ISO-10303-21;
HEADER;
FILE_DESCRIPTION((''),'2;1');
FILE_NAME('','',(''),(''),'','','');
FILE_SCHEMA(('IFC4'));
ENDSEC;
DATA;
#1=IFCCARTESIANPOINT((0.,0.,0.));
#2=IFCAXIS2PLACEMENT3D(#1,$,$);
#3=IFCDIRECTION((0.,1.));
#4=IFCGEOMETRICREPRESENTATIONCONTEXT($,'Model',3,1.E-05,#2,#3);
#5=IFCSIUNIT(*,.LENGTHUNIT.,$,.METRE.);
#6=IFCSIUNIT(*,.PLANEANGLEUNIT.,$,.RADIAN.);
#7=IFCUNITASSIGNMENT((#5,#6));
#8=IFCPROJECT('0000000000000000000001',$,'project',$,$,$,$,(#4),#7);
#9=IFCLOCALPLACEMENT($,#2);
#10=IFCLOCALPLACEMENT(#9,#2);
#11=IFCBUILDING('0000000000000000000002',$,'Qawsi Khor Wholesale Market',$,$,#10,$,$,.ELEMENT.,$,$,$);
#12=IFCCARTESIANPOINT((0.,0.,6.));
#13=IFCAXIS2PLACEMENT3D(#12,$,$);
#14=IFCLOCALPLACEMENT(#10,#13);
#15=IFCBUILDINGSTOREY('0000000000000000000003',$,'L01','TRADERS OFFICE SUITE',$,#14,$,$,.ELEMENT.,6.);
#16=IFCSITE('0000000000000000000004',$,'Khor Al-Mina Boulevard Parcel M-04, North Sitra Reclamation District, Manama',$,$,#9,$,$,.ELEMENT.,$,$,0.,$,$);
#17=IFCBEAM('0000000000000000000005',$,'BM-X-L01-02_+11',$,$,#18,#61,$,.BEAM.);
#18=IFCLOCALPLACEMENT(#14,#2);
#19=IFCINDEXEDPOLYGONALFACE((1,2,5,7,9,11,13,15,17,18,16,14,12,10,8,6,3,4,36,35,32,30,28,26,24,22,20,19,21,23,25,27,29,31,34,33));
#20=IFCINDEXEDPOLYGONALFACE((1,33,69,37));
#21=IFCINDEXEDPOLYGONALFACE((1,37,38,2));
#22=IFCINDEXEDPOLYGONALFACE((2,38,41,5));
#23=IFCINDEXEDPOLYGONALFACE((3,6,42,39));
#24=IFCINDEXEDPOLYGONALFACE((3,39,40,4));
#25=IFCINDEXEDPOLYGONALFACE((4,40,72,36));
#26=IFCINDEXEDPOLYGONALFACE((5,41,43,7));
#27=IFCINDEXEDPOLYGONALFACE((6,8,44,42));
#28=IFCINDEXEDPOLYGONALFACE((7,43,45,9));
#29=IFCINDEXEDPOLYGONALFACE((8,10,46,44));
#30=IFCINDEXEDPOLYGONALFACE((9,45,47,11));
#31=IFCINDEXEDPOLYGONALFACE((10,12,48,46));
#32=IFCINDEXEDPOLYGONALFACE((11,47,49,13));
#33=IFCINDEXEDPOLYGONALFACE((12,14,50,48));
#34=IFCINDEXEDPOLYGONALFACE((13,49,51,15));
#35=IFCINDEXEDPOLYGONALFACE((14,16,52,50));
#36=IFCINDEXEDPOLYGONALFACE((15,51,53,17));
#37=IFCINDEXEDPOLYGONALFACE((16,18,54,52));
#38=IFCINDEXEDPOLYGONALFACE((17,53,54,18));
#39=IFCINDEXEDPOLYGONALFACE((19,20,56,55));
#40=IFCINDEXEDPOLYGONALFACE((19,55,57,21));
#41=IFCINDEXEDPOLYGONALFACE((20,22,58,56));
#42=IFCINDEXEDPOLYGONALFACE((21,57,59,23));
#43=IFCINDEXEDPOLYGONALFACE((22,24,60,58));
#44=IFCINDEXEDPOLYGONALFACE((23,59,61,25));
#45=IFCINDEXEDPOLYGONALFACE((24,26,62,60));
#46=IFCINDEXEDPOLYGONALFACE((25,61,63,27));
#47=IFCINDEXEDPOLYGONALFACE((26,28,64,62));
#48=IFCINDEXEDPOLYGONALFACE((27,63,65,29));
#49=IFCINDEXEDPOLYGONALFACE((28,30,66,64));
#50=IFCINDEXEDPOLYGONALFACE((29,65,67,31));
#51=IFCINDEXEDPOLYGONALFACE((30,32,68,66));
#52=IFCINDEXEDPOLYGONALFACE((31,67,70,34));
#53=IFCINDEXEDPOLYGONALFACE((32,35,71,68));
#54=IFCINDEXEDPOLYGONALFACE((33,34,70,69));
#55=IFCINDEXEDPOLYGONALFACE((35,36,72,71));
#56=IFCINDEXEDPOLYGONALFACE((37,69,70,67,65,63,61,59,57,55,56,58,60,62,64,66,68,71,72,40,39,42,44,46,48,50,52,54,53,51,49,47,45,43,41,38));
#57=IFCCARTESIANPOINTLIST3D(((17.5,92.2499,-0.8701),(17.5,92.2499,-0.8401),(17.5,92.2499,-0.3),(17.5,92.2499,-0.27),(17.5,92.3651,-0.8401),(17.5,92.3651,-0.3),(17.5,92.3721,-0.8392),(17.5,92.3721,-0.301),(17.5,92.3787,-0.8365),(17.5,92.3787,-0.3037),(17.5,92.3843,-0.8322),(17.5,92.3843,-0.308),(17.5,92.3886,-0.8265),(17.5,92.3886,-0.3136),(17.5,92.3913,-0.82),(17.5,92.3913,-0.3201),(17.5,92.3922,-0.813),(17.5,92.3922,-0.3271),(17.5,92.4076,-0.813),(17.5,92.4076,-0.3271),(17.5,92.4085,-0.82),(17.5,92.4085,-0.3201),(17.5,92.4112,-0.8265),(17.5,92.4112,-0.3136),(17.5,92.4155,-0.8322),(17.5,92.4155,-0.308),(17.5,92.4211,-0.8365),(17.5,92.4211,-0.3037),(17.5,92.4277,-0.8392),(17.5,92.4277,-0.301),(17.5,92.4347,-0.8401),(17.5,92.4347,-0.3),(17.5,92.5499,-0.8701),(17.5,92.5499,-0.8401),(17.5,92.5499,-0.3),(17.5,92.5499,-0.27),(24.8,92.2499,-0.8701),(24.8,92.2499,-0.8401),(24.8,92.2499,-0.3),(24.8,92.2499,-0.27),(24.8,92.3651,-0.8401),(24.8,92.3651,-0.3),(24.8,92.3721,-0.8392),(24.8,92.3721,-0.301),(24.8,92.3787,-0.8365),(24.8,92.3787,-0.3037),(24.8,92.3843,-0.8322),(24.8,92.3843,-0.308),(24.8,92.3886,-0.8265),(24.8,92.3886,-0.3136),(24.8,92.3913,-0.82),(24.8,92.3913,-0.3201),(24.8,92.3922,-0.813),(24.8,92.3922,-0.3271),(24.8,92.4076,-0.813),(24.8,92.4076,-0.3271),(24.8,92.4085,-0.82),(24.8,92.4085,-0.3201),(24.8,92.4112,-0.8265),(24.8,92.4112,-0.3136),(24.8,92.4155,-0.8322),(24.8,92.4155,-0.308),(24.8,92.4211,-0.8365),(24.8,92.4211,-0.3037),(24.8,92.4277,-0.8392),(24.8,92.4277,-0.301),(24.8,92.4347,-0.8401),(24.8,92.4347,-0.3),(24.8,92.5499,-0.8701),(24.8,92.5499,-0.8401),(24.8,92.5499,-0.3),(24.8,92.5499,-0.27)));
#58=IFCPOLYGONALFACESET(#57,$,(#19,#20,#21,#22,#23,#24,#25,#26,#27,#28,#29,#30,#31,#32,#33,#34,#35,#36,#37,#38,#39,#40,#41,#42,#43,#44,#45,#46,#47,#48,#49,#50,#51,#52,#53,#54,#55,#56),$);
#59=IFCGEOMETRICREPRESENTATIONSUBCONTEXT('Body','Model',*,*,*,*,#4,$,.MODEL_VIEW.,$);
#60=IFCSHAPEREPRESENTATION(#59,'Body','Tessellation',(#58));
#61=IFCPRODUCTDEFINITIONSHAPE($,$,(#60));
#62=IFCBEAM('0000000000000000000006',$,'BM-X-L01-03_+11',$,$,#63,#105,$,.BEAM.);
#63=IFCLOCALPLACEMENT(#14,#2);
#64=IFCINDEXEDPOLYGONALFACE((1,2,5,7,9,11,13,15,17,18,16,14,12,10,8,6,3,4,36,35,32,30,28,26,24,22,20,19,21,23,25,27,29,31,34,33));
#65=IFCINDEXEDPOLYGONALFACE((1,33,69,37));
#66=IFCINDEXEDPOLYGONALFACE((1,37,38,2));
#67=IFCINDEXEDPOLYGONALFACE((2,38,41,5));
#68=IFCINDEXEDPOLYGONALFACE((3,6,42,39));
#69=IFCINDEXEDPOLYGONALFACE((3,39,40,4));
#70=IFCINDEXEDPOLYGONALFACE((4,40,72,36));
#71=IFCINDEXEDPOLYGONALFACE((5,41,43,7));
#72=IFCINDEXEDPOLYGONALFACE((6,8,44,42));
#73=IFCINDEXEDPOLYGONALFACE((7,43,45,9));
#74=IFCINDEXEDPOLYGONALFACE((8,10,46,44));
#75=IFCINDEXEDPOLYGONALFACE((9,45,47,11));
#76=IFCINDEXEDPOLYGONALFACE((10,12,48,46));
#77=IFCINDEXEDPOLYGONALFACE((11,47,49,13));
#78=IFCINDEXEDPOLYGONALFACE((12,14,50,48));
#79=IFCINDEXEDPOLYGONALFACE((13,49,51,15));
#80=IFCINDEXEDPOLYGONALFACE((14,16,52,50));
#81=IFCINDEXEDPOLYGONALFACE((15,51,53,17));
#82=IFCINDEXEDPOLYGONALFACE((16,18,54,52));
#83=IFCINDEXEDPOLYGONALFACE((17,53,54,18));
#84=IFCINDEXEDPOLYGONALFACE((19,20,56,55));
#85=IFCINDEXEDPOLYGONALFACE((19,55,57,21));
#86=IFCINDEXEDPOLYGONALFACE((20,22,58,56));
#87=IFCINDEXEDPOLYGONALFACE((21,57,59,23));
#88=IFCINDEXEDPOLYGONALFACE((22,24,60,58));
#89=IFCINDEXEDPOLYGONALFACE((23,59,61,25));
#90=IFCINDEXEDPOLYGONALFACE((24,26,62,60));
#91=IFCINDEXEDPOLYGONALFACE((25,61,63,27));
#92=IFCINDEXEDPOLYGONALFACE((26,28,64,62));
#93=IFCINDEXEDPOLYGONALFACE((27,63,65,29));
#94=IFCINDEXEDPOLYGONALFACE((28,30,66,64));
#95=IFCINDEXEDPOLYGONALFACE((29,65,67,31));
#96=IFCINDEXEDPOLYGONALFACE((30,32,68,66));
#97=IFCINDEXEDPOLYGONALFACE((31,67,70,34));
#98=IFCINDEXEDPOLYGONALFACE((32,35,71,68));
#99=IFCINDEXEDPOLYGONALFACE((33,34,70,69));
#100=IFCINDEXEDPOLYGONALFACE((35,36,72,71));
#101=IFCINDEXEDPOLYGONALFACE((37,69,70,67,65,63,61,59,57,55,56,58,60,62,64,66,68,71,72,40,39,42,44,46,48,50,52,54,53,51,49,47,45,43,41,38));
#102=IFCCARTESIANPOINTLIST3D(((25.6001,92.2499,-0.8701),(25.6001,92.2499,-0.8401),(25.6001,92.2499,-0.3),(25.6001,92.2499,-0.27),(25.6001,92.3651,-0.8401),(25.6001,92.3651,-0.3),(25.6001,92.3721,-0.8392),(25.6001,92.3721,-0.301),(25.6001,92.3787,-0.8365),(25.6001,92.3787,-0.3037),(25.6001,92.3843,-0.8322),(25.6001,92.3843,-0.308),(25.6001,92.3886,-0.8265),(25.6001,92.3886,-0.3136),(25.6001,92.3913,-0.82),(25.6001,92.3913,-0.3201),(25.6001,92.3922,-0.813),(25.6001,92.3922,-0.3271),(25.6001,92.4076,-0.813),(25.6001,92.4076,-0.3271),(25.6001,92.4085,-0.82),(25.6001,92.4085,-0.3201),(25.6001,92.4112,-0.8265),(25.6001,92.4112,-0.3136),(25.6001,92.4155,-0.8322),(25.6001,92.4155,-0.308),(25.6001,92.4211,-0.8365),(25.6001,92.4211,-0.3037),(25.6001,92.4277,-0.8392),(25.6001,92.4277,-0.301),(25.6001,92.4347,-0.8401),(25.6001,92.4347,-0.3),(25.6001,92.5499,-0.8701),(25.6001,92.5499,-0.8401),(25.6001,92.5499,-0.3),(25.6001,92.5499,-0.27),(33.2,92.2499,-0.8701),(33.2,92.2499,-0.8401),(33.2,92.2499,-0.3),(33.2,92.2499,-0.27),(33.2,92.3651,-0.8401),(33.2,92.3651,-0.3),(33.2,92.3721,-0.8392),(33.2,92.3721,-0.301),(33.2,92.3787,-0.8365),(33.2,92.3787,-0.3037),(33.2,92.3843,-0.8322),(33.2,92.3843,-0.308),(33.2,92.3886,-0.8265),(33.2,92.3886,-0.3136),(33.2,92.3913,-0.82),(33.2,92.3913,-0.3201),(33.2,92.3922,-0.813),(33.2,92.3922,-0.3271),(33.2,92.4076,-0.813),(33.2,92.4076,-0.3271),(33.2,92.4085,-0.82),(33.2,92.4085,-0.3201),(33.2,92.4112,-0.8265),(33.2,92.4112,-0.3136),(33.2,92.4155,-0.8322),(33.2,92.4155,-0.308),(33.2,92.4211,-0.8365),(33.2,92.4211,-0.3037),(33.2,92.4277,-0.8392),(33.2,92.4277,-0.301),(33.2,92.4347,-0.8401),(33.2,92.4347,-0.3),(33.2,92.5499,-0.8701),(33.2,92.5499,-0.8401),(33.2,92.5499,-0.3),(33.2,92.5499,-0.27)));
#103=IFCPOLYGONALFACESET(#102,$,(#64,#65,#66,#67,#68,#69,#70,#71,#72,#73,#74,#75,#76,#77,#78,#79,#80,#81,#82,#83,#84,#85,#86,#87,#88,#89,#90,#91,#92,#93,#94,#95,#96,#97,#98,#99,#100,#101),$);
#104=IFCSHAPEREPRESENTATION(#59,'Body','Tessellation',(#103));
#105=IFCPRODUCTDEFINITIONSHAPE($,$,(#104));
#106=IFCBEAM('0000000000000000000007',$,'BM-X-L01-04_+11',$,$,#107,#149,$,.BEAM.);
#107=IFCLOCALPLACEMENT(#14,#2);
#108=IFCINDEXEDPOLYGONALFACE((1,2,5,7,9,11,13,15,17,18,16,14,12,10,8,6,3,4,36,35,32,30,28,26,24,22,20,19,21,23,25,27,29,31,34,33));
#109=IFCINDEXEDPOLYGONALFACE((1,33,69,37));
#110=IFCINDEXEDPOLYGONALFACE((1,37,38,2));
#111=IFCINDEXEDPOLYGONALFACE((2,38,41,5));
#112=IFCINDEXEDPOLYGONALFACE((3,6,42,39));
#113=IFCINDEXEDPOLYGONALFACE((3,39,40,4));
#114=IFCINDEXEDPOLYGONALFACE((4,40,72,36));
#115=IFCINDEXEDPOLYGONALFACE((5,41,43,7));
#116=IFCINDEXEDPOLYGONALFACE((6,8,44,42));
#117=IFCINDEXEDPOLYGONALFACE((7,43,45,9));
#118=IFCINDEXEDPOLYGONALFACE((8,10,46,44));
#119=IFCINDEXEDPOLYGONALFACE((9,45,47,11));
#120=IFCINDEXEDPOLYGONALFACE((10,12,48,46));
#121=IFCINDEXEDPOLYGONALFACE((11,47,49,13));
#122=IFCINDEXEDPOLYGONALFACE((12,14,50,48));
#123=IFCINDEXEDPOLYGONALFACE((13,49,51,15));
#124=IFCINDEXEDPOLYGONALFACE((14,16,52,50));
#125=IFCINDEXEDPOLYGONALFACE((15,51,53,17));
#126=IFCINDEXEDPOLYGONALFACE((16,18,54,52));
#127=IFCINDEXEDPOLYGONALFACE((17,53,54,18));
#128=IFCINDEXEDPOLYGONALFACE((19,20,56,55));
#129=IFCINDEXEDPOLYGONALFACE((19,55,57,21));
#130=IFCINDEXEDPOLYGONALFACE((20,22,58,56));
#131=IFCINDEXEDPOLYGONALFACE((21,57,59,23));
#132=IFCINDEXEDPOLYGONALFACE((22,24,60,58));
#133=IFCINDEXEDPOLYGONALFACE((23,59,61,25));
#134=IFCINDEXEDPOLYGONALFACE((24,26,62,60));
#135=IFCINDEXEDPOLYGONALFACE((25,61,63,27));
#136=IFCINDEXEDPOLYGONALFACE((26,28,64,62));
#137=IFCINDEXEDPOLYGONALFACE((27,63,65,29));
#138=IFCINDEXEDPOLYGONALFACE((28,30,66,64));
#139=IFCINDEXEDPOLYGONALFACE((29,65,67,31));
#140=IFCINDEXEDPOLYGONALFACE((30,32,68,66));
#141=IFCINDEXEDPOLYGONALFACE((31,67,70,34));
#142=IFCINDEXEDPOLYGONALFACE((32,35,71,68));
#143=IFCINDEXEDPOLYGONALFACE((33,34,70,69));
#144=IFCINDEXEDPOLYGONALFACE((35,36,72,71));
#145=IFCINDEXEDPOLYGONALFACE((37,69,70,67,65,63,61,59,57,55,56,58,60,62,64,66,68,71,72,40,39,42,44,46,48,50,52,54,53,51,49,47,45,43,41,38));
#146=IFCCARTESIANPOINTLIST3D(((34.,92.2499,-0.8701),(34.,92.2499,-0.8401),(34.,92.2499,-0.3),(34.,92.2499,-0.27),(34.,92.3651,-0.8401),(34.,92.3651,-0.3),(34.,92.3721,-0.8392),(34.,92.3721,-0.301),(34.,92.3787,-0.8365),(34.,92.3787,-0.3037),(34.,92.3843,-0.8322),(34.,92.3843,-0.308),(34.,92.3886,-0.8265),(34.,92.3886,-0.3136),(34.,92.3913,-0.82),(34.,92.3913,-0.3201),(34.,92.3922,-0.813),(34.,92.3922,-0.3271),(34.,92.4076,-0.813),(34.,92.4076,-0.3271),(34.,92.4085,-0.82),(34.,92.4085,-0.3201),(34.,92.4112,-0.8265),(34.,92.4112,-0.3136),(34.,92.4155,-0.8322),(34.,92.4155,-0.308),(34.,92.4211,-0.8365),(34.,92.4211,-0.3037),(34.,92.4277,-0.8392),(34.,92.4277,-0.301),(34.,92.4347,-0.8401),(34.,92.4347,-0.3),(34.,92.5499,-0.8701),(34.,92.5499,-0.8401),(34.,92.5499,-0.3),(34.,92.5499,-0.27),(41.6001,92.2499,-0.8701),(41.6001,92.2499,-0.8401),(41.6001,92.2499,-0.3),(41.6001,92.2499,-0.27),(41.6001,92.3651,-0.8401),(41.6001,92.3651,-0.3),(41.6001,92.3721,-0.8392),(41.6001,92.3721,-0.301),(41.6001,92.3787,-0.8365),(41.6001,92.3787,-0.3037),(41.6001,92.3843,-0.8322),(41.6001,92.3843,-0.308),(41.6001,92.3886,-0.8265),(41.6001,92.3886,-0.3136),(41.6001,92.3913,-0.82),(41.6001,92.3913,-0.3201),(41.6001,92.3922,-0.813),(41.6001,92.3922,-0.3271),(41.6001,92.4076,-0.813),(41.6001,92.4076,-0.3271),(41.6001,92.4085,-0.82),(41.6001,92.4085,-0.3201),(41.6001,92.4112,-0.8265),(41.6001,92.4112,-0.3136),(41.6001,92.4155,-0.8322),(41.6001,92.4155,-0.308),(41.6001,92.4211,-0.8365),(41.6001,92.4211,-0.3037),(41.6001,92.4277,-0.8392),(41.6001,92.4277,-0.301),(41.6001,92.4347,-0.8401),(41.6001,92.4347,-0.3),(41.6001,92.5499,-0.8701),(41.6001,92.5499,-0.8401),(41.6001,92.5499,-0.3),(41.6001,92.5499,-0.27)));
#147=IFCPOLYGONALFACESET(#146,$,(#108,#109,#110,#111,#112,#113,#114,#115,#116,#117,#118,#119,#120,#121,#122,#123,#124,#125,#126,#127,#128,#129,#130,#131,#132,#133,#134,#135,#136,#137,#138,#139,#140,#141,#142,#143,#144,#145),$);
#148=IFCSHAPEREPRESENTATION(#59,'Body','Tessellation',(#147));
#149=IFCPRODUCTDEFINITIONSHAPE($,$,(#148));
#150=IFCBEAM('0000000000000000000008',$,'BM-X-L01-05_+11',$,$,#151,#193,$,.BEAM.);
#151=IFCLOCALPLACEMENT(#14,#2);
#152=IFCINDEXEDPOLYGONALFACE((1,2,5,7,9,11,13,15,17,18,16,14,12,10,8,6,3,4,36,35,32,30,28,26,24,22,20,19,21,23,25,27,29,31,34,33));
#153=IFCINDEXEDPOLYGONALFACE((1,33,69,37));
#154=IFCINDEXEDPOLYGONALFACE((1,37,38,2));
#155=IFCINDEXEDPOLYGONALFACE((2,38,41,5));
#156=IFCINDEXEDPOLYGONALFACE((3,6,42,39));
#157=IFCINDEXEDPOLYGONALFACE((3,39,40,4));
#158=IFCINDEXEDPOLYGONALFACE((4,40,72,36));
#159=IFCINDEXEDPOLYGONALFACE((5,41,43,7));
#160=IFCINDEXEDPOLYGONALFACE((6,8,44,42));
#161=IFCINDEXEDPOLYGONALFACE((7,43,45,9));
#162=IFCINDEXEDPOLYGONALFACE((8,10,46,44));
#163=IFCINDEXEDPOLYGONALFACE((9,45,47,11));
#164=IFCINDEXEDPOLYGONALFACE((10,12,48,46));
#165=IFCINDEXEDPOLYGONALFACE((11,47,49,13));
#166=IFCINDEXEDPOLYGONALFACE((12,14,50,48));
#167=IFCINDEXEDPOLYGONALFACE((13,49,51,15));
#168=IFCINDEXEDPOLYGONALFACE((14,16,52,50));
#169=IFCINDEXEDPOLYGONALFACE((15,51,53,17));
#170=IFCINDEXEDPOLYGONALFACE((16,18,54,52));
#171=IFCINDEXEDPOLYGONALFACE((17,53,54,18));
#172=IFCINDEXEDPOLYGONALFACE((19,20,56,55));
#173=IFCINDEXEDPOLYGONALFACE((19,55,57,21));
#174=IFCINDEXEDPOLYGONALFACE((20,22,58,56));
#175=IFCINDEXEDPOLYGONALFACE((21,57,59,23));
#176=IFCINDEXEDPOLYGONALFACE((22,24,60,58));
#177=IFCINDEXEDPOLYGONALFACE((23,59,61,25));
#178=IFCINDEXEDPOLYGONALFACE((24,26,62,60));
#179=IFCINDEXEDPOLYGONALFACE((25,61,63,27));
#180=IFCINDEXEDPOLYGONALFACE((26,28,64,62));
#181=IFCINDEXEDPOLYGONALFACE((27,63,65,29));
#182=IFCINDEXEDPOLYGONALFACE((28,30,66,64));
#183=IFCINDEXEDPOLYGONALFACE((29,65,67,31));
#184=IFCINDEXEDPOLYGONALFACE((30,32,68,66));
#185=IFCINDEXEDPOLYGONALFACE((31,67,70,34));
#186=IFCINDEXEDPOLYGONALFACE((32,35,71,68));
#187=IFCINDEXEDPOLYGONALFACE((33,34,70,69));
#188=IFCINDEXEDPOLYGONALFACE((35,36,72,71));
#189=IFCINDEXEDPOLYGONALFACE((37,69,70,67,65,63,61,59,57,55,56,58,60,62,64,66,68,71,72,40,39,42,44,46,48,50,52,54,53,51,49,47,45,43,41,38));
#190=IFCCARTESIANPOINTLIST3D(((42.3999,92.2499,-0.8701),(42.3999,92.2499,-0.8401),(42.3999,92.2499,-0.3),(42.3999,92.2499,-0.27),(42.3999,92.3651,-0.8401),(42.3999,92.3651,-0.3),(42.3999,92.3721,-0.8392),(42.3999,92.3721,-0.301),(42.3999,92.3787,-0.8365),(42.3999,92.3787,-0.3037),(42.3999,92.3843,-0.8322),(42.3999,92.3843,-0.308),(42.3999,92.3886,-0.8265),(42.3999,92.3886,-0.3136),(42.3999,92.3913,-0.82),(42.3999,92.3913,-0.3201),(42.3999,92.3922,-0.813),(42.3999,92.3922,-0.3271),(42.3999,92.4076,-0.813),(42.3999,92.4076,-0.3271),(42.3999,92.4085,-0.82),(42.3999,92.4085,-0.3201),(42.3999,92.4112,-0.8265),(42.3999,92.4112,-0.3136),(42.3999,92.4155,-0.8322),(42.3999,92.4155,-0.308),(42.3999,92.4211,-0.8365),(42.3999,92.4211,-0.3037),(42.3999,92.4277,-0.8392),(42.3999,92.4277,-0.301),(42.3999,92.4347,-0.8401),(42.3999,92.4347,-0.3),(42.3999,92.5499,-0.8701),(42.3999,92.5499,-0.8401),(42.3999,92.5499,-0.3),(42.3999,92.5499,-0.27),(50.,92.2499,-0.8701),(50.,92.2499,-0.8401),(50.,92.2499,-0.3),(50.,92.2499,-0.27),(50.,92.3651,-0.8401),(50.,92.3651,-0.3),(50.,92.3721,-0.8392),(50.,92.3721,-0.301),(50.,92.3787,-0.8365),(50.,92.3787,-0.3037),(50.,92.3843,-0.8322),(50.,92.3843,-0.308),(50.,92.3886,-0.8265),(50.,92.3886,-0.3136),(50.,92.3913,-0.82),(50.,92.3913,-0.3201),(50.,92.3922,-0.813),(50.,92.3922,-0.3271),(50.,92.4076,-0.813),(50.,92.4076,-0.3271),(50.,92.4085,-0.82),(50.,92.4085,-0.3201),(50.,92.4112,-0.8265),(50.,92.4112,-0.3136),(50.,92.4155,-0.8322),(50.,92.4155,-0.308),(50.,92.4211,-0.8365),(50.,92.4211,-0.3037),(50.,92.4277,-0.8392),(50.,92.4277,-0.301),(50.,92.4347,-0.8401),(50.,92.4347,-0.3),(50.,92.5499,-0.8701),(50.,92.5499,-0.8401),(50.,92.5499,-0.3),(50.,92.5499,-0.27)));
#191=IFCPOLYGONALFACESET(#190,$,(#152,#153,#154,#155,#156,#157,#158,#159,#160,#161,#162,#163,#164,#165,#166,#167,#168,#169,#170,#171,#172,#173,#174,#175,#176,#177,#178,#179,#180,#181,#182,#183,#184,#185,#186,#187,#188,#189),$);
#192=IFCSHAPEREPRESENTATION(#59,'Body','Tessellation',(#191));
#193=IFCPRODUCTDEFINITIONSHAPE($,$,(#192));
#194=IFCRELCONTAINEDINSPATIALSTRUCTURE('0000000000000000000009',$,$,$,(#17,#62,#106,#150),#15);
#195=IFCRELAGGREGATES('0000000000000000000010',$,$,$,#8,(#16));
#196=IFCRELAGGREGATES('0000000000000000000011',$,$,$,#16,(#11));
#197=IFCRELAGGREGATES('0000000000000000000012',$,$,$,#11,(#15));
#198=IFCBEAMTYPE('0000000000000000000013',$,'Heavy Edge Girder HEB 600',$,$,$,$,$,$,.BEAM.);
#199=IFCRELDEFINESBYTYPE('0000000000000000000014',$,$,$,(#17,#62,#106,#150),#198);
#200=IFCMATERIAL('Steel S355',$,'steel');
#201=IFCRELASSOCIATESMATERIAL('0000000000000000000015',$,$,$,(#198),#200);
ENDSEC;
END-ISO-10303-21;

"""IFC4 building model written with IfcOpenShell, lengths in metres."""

from ifc_helpers import new_model, si_unit, direction, frame, origin, origin_2d, place, context, subcontext, project, spatial, i_section, extrude, material, material_profile, profile_set, type_object, element, save


model = new_model("IFC4")

# Units and contexts
model_context = context("Model", 3, precision=1e-05, world=origin(), true_north=direction((0.0, 1.0)))
body_context = subcontext(model_context, "Body", "Model", "MODEL_VIEW")
ifc_project = project(units=[si_unit("LENGTHUNIT", "METRE"), si_unit("PLANEANGLEUNIT", "RADIAN")], contexts=[model_context])

# Site, building, storey
site_placement = place(None, origin())
site = spatial("IfcSite", under=ifc_project, at=site_placement, Name="Khor Al-Mina Boulevard Parcel M-04, North Sitra Reclamation District, Manama", CompositionType="ELEMENT", RefElevation=0.0)
building_placement = place(site_placement, origin())
building = spatial("IfcBuilding", under=site, at=building_placement, Name="Qawsi Khor Wholesale Market", CompositionType="ELEMENT")
storey_placement = place(building_placement, frame((0.0, 0.0, 6.0)))
storey = spatial("IfcBuildingStorey", under=building, at=storey_placement, Name="L01", Description="TRADERS OFFICE SUITE", CompositionType="ELEMENT", Elevation=6.0)

# Beams
ifc_material_1 = material(Name="Steel S355", Category="steel")
ifc_material_profile_1 = material_profile(ifc_material_1, i_section(OverallWidth=0.3, OverallDepth=0.6001, WebThickness=0.0154, FlangeThickness=0.03, FilletRadius=0.0271, at=origin_2d()), Name="HEB 600")
ifc_profile_set_1 = profile_set([ifc_material_profile_1], Name="Steel S355")
beam_type_1 = type_object("IfcBeamType", Name="Heavy Edge Girder HEB 600", PredefinedType="BEAM", material=ifc_profile_set_1)
beam_1_placement = place(storey_placement, frame((17.5, 92.3999, -0.5701), z_axis=(1.0, 0.0, 0.0), x_axis=(0.0, 1.0, 0.0)))
element("IfcBeam", 1, at=beam_1_placement, inside=storey, type_object=beam_type_1, Name="BM-X-L01-02_+11", PredefinedType="BEAM", context=body_context, shape_type="SweptSolid", body=[
    extrude(i_section(OverallWidth=0.3, OverallDepth=0.6001, WebThickness=0.0154, FlangeThickness=0.03, FilletRadius=0.0271, at=origin_2d()), origin(), (0.0, 0.0, 1.0), 7.3),
])
beam_2_placement = place(storey_placement, frame((25.6001, 92.3999, -0.5701), z_axis=(1.0, 0.0, 0.0), x_axis=(0.0, 1.0, 0.0)))
element("IfcBeam", 2, at=beam_2_placement, inside=storey, type_object=beam_type_1, Name="BM-X-L01-03_+11", PredefinedType="BEAM", context=body_context, shape_type="SweptSolid", body=[
    extrude(i_section(OverallWidth=0.3, OverallDepth=0.6001, WebThickness=0.0154, FlangeThickness=0.03, FilletRadius=0.0271, at=origin_2d()), origin(), (0.0, 0.0, 1.0), 7.5999),
])
for number, where, z_axis, x_axis, name in (
    (3, (34.0, 92.3999, -0.5701), (1.0, 0.0, 0.0), (0.0, 1.0, 0.0), "BM-X-L01-04_+11"),
    (4, (42.3999, 92.3999, -0.5701), (1.0, 0.0, 0.0), (0.0, 1.0, 0.0), "BM-X-L01-05_+11"),
):
    element("IfcBeam", number, at=place(storey_placement, frame(where, z_axis=z_axis, x_axis=x_axis)), inside=storey, type_object=beam_type_1, Name=name, PredefinedType="BEAM", context=body_context, shape_type="SweptSolid", body=[
        extrude(i_section(OverallWidth=0.3, OverallDepth=0.6001, WebThickness=0.0154, FlangeThickness=0.03, FilletRadius=0.0271, at=origin_2d()), origin(), (0.0, 0.0, 1.0), 7.6001),
    ])

save(model, "model.ifc")
